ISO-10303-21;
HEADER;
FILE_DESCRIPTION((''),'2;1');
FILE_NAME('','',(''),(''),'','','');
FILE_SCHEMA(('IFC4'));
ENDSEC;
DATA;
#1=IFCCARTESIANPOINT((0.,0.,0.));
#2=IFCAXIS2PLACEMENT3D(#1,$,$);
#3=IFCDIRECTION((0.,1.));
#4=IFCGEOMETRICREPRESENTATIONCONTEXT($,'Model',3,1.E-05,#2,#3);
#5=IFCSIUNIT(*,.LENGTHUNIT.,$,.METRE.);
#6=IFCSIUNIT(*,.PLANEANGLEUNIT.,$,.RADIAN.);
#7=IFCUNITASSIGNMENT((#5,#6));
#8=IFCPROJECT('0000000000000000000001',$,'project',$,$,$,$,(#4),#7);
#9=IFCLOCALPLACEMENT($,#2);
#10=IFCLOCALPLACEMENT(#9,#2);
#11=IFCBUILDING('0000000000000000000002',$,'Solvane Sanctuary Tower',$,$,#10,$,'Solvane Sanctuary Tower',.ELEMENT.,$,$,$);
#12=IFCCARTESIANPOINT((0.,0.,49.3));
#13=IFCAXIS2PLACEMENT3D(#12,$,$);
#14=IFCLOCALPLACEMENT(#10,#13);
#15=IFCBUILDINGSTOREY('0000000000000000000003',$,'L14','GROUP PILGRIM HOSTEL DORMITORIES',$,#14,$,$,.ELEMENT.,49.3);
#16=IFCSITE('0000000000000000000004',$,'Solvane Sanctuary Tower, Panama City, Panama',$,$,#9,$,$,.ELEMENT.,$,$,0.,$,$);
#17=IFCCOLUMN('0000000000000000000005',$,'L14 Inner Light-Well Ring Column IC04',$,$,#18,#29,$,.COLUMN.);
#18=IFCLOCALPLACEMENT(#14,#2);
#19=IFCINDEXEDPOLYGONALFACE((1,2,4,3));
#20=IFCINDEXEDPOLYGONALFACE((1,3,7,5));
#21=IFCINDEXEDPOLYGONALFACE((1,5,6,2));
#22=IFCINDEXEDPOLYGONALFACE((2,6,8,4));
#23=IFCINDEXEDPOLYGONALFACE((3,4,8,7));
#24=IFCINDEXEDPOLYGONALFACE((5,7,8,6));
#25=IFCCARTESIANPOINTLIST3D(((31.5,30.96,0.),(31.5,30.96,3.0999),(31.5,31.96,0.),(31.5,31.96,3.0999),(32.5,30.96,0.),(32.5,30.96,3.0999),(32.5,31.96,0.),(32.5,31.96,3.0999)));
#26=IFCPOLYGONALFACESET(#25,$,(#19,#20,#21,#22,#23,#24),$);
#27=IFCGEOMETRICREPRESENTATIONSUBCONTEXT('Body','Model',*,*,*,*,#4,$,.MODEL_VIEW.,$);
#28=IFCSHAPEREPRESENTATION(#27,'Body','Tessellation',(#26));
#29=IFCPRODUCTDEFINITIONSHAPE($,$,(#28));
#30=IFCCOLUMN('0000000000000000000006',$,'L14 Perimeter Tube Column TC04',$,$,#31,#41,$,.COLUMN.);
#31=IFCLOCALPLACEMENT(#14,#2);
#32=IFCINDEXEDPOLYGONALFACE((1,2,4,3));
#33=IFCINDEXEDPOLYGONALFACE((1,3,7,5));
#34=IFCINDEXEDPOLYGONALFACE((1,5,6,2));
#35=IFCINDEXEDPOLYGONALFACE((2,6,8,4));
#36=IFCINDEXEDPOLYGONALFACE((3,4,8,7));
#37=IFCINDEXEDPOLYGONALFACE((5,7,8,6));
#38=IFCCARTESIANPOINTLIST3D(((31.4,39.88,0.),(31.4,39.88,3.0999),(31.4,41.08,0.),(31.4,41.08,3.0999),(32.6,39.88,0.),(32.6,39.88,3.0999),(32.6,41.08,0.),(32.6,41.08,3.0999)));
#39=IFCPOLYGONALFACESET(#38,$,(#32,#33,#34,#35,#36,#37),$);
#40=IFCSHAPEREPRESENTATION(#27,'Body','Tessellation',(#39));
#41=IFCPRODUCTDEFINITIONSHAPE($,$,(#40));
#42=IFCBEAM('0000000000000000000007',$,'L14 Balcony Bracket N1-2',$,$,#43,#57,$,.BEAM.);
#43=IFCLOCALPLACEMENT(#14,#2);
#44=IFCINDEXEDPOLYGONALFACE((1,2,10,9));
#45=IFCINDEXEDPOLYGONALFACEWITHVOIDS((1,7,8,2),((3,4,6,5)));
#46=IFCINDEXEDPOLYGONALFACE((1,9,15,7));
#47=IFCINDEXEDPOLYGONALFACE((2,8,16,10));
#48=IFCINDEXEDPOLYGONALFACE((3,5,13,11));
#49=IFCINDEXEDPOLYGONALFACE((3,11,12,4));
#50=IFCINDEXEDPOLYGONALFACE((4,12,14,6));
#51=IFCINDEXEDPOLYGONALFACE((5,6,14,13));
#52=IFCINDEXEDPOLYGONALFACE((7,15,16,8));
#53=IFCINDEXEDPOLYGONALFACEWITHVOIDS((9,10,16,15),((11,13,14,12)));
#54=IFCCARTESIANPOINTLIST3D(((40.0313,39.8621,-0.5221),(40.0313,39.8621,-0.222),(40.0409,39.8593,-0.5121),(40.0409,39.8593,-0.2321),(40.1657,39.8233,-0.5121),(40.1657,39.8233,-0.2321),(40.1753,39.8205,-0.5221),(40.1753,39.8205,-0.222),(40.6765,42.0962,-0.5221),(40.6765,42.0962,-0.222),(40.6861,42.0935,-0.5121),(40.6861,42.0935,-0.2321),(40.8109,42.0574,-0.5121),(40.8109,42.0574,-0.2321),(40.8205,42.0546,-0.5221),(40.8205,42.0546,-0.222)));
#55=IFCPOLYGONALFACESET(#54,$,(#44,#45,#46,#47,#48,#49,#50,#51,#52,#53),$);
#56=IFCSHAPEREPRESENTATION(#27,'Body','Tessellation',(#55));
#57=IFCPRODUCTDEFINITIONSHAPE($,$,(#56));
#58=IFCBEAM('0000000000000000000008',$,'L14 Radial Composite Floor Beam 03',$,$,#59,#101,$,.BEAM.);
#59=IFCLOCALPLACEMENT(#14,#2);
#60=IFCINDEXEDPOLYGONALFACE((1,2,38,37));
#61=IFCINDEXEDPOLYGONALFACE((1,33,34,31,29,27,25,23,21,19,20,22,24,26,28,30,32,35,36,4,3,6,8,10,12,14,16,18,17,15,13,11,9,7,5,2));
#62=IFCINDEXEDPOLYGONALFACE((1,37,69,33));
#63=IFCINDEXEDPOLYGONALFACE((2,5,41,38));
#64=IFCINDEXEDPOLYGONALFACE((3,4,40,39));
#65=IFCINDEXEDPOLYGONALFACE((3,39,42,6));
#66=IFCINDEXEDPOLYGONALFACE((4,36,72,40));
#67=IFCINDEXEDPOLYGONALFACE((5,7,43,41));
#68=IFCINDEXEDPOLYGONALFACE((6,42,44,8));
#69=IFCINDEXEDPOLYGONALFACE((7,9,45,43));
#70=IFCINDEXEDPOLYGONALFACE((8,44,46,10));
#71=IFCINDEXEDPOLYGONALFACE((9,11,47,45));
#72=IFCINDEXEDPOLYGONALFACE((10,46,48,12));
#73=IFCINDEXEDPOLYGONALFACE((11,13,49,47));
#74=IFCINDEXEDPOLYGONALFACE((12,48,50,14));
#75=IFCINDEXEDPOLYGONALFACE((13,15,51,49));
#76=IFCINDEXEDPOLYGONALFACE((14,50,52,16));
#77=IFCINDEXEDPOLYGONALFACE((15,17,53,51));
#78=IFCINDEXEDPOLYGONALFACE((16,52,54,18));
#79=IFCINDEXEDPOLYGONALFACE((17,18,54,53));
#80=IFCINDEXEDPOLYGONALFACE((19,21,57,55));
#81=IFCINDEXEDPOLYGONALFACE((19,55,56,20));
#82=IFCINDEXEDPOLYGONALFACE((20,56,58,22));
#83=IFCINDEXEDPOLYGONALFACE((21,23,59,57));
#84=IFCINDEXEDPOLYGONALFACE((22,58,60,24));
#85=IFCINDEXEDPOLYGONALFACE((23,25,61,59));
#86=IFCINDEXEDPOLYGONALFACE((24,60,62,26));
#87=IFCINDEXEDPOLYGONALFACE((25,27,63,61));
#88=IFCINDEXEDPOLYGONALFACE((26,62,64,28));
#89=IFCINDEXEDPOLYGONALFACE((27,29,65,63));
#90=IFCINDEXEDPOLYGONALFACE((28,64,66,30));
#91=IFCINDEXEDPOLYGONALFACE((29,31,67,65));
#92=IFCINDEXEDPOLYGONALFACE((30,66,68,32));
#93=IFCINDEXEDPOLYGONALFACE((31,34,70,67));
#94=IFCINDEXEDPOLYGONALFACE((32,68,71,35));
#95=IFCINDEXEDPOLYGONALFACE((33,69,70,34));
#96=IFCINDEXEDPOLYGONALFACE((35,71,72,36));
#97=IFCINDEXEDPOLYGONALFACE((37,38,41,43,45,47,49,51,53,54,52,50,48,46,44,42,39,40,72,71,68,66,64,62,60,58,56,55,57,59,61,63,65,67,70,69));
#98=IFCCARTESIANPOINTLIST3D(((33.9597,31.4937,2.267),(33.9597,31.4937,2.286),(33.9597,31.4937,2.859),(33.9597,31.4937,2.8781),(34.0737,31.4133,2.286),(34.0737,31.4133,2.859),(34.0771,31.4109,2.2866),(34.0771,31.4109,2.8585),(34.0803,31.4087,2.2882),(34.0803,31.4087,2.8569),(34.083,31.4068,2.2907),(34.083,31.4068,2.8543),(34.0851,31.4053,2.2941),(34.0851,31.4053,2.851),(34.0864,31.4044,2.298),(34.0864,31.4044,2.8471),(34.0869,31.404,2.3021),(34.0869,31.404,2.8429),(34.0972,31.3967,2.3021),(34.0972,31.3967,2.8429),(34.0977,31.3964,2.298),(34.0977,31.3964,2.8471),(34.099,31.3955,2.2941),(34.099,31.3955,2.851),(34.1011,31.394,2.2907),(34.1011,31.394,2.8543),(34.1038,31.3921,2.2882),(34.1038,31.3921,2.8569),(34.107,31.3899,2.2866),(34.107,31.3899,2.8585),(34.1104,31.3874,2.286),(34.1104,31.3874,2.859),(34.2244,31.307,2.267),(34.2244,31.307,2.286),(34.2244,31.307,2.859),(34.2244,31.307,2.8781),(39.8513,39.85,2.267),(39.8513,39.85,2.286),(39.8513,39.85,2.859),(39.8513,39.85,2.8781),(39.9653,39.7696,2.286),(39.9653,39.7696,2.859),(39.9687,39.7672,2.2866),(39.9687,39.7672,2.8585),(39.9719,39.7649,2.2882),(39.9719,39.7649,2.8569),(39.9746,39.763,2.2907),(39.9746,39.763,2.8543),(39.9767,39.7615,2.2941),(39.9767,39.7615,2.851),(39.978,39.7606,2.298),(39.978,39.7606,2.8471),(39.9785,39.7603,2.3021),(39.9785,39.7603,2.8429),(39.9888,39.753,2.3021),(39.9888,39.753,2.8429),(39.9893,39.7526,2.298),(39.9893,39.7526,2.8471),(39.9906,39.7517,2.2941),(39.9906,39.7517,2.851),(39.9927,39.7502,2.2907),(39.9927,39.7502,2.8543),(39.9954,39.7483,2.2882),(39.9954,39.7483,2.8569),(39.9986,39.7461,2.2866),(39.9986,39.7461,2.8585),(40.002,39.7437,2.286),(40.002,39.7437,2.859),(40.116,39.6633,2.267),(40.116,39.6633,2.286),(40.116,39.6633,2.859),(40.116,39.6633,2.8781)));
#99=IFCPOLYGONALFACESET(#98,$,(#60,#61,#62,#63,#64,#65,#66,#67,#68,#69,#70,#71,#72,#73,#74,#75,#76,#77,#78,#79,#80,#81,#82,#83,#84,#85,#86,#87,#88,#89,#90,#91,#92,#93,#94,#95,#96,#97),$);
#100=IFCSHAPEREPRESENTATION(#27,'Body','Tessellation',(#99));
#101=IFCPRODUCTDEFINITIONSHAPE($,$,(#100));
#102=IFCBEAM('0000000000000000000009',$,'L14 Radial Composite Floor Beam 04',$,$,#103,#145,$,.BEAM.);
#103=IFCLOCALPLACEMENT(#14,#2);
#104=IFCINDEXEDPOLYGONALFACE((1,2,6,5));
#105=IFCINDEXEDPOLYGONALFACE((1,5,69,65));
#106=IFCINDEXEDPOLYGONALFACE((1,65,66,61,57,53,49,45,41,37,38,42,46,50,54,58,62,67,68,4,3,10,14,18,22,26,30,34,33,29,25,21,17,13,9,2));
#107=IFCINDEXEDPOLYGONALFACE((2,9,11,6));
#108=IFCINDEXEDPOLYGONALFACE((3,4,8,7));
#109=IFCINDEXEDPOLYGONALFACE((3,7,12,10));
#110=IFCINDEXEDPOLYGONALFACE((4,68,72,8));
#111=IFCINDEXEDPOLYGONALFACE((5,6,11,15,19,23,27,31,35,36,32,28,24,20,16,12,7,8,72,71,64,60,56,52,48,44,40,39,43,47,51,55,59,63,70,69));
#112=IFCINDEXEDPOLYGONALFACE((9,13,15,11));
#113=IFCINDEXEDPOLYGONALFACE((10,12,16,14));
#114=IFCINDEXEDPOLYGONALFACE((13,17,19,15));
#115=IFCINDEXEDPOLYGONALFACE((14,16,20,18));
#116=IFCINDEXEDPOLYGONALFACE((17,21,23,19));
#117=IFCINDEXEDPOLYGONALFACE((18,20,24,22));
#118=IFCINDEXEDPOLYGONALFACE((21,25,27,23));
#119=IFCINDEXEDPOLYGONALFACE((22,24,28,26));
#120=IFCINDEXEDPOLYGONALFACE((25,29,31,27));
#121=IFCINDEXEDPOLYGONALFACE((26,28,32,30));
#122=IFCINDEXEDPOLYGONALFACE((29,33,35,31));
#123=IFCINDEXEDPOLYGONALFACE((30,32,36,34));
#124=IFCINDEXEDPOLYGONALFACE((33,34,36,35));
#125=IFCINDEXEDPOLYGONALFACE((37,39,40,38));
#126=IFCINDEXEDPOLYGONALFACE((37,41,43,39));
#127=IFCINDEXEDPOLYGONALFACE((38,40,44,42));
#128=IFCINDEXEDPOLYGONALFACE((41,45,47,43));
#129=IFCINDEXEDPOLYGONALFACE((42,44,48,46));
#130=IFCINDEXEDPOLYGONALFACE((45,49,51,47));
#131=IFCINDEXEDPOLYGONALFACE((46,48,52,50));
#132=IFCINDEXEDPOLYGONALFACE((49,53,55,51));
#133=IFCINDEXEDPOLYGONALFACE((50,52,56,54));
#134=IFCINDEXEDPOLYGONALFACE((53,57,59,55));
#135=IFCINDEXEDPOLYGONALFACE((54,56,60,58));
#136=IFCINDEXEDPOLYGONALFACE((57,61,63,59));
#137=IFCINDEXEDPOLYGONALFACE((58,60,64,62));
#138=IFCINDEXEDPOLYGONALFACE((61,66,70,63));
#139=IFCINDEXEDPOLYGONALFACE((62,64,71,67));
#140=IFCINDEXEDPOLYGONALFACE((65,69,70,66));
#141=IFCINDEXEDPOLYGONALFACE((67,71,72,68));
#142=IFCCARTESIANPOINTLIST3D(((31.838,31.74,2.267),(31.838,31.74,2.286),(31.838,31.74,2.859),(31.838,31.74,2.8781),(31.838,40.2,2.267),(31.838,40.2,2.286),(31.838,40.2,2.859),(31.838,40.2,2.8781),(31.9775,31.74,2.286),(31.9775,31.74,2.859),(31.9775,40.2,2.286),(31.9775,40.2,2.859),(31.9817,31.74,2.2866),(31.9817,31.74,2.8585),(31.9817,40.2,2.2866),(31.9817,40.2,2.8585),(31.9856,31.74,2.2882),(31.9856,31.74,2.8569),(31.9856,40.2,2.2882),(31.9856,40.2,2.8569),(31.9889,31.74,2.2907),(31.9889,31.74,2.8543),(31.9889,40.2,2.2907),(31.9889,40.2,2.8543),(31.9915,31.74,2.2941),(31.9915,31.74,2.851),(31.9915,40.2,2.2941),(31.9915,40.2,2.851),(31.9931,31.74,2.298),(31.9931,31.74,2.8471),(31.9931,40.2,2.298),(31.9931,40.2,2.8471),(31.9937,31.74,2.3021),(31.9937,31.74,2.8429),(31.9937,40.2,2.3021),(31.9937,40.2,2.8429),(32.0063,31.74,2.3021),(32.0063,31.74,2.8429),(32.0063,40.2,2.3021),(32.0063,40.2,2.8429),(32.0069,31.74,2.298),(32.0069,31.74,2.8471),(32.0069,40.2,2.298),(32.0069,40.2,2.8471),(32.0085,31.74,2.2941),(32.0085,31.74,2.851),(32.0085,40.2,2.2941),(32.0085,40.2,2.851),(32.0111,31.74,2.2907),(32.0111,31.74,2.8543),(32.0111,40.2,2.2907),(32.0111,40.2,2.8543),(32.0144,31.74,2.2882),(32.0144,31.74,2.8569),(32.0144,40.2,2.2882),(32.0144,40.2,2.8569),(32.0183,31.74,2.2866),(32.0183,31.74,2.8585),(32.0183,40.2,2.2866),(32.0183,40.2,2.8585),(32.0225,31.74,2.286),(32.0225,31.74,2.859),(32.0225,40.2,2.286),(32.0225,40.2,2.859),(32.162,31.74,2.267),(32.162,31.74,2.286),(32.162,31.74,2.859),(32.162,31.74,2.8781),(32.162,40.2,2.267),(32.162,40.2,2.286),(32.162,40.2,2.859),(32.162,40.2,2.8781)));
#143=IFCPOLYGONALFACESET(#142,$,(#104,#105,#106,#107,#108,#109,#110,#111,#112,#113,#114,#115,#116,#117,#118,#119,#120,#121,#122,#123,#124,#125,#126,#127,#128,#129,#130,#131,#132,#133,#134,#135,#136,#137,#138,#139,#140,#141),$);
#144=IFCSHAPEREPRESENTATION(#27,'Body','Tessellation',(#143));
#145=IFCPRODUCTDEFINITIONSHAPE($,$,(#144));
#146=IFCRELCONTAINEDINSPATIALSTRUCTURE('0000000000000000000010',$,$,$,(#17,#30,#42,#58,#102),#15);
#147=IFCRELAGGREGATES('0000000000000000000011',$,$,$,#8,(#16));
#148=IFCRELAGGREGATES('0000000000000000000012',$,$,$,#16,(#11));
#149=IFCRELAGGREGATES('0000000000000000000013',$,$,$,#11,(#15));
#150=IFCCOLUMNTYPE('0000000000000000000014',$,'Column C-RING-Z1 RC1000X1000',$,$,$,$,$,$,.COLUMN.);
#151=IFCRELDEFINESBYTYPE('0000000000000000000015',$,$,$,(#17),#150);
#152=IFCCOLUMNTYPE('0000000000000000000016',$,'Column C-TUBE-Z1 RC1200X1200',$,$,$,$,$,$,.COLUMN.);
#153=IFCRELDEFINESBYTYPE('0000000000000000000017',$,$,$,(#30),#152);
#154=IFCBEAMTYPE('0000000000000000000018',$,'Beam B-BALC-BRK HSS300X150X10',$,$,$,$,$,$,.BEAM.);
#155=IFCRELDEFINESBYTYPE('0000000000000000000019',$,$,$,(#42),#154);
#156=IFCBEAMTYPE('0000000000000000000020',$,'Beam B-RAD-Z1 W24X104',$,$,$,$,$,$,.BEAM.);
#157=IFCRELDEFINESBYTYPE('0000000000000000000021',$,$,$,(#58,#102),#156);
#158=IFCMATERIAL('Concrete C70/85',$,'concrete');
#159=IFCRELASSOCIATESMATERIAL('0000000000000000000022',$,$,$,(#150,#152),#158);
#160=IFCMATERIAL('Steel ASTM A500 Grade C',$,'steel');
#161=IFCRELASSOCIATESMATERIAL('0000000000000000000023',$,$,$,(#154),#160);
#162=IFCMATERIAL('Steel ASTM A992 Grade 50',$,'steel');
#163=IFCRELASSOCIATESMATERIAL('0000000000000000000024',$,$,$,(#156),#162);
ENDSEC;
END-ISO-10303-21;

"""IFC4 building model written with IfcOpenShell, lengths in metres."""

from ifc_helpers import new_model, si_unit, direction, frame, origin, origin_2d, place, context, subcontext, project, spatial, rectangle, hollow_rectangle, i_section, extrude, material, material_profile, profile_set, type_object, element, save


model = new_model("IFC4")

# Units and contexts
model_context = context("Model", 3, precision=1e-05, world=origin(), true_north=direction((0.0, 1.0)))
body_context = subcontext(model_context, "Body", "Model", "MODEL_VIEW")
ifc_project = project(units=[si_unit("LENGTHUNIT", "METRE"), si_unit("PLANEANGLEUNIT", "RADIAN")], contexts=[model_context])

# Site, building, storey
site_placement = place(None, origin())
site = spatial("IfcSite", under=ifc_project, at=site_placement, Name="Solvane Sanctuary Tower, Panama City, Panama", CompositionType="ELEMENT", RefElevation=0.0)
building_placement = place(site_placement, origin())
building = spatial("IfcBuilding", under=site, at=building_placement, Name="Solvane Sanctuary Tower", LongName="Solvane Sanctuary Tower", CompositionType="ELEMENT")
storey_placement = place(building_placement, frame((0.0, 0.0, 49.3)))
storey = spatial("IfcBuildingStorey", under=building, at=storey_placement, Name="L14", Description="GROUP PILGRIM HOSTEL DORMITORIES", CompositionType="ELEMENT", Elevation=49.3)

# Columns
ifc_material_1 = material(Name="Concrete C70/85", Category="concrete")
ifc_material_profile_1 = material_profile(ifc_material_1, rectangle(XDim=1.0, YDim=1.0, at=origin_2d()), Name="RC1000X1000")
ifc_profile_set_1 = profile_set([ifc_material_profile_1], Name="Concrete C70/85")
column_type_1 = type_object("IfcColumnType", Name="Column C-RING-Z1 RC1000X1000", PredefinedType="COLUMN", material=ifc_profile_set_1)
column_1_placement = place(storey_placement, frame((32.0, 31.46, 0.0), z_axis=(0.0, 0.0, 1.0), x_axis=(1.0, 0.0, 0.0)))
element("IfcColumn", 1, at=column_1_placement, inside=storey, type_object=column_type_1, Name="L14 Inner Light-Well Ring Column IC04", PredefinedType="COLUMN", context=body_context, shape_type="SweptSolid", body=[
    extrude(rectangle(XDim=1.0, YDim=1.0, at=origin_2d()), origin(), (0.0, 0.0, 1.0), 3.0999),
])
ifc_material_profile_2 = material_profile(ifc_material_1, rectangle(XDim=1.2, YDim=1.2, at=origin_2d()), Name="RC1200X1200")
ifc_profile_set_2 = profile_set([ifc_material_profile_2], Name="Concrete C70/85")
column_type_2 = type_object("IfcColumnType", Name="Column C-TUBE-Z1 RC1200X1200", PredefinedType="COLUMN", material=ifc_profile_set_2)
column_2_placement = place(storey_placement, frame((32.0, 40.48, 0.0), z_axis=(0.0, 0.0, 1.0), x_axis=(0.0, 1.0, 0.0)))
element("IfcColumn", 2, at=column_2_placement, inside=storey, type_object=column_type_2, Name="L14 Perimeter Tube Column TC04", PredefinedType="COLUMN", context=body_context, shape_type="SweptSolid", body=[
    extrude(rectangle(XDim=1.2, YDim=1.2, at=origin_2d()), origin(), (0.0, 0.0, 1.0), 3.0999),
])

# Beams
ifc_material_2 = material(Name="Steel ASTM A500 Grade C", Category="steel")
ifc_material_profile_3 = material_profile(ifc_material_2, hollow_rectangle(XDim=0.1499, YDim=0.3, WallThickness=0.01, at=origin_2d()), Name="HSS300X150X10")
ifc_profile_set_3 = profile_set([ifc_material_profile_3], Name="Steel ASTM A500 Grade C")
beam_type_1 = type_object("IfcBeamType", Name="Beam B-BALC-BRK HSS300X150X10", PredefinedType="BEAM", material=ifc_profile_set_3)
beam_1_placement = place(storey_placement, frame((40.1033, 39.8413, -0.3721), z_axis=(0.277479, 0.960732, 0.0), x_axis=(-0.960732, 0.277479, 0.0)))
element("IfcBeam", 3, at=beam_1_placement, inside=storey, type_object=beam_type_1, Name="L14 Balcony Bracket N1-2", PredefinedType="BEAM", context=body_context, shape_type="SweptSolid", body=[
    extrude(hollow_rectangle(XDim=0.1499, YDim=0.3, WallThickness=0.01, at=origin_2d()), origin(), (0.0, 0.0, 1.0), 2.3254),
])
ifc_material_3 = material(Name="Steel ASTM A992 Grade 50", Category="steel")
ifc_material_profile_4 = material_profile(ifc_material_3, i_section(OverallWidth=0.324, OverallDepth=0.6111, WebThickness=0.0127, FlangeThickness=0.019, FilletRadius=0.0161, at=origin_2d()), Name="W24X104")
ifc_profile_set_4 = profile_set([ifc_material_profile_4], Name="Steel ASTM A992 Grade 50")
beam_type_2 = type_object("IfcBeamType", Name="Beam B-RAD-Z1 W24X104", PredefinedType="BEAM", material=ifc_profile_set_4)
beam_2_placement = place(storey_placement, frame((34.092, 31.4004, 2.5725), z_axis=(0.576233, 0.817285, 0.0), x_axis=(-0.817285, 0.576233, 0.0)))
element("IfcBeam", 4, at=beam_2_placement, inside=storey, type_object=beam_type_2, Name="L14 Radial Composite Floor Beam 03", PredefinedType="BEAM", context=body_context, shape_type="SweptSolid", body=[
    extrude(i_section(OverallWidth=0.324, OverallDepth=0.6111, WebThickness=0.0127, FlangeThickness=0.019, FilletRadius=0.0161, at=origin_2d()), origin(), (0.0, 0.0, 1.0), 10.2244),
])
beam_3_placement = place(storey_placement, frame((32.0, 31.74, 2.5725), z_axis=(0.0, 1.0, 0.0), x_axis=(-1.0, 0.0, 0.0)))
element("IfcBeam", 5, at=beam_3_placement, inside=storey, type_object=beam_type_2, Name="L14 Radial Composite Floor Beam 04", PredefinedType="BEAM", context=body_context, shape_type="SweptSolid", body=[
    extrude(i_section(OverallWidth=0.324, OverallDepth=0.6111, WebThickness=0.0127, FlangeThickness=0.019, FilletRadius=0.0161, at=origin_2d()), origin(), (0.0, 0.0, 1.0), 8.46),
])

save(model, "model.ifc")
